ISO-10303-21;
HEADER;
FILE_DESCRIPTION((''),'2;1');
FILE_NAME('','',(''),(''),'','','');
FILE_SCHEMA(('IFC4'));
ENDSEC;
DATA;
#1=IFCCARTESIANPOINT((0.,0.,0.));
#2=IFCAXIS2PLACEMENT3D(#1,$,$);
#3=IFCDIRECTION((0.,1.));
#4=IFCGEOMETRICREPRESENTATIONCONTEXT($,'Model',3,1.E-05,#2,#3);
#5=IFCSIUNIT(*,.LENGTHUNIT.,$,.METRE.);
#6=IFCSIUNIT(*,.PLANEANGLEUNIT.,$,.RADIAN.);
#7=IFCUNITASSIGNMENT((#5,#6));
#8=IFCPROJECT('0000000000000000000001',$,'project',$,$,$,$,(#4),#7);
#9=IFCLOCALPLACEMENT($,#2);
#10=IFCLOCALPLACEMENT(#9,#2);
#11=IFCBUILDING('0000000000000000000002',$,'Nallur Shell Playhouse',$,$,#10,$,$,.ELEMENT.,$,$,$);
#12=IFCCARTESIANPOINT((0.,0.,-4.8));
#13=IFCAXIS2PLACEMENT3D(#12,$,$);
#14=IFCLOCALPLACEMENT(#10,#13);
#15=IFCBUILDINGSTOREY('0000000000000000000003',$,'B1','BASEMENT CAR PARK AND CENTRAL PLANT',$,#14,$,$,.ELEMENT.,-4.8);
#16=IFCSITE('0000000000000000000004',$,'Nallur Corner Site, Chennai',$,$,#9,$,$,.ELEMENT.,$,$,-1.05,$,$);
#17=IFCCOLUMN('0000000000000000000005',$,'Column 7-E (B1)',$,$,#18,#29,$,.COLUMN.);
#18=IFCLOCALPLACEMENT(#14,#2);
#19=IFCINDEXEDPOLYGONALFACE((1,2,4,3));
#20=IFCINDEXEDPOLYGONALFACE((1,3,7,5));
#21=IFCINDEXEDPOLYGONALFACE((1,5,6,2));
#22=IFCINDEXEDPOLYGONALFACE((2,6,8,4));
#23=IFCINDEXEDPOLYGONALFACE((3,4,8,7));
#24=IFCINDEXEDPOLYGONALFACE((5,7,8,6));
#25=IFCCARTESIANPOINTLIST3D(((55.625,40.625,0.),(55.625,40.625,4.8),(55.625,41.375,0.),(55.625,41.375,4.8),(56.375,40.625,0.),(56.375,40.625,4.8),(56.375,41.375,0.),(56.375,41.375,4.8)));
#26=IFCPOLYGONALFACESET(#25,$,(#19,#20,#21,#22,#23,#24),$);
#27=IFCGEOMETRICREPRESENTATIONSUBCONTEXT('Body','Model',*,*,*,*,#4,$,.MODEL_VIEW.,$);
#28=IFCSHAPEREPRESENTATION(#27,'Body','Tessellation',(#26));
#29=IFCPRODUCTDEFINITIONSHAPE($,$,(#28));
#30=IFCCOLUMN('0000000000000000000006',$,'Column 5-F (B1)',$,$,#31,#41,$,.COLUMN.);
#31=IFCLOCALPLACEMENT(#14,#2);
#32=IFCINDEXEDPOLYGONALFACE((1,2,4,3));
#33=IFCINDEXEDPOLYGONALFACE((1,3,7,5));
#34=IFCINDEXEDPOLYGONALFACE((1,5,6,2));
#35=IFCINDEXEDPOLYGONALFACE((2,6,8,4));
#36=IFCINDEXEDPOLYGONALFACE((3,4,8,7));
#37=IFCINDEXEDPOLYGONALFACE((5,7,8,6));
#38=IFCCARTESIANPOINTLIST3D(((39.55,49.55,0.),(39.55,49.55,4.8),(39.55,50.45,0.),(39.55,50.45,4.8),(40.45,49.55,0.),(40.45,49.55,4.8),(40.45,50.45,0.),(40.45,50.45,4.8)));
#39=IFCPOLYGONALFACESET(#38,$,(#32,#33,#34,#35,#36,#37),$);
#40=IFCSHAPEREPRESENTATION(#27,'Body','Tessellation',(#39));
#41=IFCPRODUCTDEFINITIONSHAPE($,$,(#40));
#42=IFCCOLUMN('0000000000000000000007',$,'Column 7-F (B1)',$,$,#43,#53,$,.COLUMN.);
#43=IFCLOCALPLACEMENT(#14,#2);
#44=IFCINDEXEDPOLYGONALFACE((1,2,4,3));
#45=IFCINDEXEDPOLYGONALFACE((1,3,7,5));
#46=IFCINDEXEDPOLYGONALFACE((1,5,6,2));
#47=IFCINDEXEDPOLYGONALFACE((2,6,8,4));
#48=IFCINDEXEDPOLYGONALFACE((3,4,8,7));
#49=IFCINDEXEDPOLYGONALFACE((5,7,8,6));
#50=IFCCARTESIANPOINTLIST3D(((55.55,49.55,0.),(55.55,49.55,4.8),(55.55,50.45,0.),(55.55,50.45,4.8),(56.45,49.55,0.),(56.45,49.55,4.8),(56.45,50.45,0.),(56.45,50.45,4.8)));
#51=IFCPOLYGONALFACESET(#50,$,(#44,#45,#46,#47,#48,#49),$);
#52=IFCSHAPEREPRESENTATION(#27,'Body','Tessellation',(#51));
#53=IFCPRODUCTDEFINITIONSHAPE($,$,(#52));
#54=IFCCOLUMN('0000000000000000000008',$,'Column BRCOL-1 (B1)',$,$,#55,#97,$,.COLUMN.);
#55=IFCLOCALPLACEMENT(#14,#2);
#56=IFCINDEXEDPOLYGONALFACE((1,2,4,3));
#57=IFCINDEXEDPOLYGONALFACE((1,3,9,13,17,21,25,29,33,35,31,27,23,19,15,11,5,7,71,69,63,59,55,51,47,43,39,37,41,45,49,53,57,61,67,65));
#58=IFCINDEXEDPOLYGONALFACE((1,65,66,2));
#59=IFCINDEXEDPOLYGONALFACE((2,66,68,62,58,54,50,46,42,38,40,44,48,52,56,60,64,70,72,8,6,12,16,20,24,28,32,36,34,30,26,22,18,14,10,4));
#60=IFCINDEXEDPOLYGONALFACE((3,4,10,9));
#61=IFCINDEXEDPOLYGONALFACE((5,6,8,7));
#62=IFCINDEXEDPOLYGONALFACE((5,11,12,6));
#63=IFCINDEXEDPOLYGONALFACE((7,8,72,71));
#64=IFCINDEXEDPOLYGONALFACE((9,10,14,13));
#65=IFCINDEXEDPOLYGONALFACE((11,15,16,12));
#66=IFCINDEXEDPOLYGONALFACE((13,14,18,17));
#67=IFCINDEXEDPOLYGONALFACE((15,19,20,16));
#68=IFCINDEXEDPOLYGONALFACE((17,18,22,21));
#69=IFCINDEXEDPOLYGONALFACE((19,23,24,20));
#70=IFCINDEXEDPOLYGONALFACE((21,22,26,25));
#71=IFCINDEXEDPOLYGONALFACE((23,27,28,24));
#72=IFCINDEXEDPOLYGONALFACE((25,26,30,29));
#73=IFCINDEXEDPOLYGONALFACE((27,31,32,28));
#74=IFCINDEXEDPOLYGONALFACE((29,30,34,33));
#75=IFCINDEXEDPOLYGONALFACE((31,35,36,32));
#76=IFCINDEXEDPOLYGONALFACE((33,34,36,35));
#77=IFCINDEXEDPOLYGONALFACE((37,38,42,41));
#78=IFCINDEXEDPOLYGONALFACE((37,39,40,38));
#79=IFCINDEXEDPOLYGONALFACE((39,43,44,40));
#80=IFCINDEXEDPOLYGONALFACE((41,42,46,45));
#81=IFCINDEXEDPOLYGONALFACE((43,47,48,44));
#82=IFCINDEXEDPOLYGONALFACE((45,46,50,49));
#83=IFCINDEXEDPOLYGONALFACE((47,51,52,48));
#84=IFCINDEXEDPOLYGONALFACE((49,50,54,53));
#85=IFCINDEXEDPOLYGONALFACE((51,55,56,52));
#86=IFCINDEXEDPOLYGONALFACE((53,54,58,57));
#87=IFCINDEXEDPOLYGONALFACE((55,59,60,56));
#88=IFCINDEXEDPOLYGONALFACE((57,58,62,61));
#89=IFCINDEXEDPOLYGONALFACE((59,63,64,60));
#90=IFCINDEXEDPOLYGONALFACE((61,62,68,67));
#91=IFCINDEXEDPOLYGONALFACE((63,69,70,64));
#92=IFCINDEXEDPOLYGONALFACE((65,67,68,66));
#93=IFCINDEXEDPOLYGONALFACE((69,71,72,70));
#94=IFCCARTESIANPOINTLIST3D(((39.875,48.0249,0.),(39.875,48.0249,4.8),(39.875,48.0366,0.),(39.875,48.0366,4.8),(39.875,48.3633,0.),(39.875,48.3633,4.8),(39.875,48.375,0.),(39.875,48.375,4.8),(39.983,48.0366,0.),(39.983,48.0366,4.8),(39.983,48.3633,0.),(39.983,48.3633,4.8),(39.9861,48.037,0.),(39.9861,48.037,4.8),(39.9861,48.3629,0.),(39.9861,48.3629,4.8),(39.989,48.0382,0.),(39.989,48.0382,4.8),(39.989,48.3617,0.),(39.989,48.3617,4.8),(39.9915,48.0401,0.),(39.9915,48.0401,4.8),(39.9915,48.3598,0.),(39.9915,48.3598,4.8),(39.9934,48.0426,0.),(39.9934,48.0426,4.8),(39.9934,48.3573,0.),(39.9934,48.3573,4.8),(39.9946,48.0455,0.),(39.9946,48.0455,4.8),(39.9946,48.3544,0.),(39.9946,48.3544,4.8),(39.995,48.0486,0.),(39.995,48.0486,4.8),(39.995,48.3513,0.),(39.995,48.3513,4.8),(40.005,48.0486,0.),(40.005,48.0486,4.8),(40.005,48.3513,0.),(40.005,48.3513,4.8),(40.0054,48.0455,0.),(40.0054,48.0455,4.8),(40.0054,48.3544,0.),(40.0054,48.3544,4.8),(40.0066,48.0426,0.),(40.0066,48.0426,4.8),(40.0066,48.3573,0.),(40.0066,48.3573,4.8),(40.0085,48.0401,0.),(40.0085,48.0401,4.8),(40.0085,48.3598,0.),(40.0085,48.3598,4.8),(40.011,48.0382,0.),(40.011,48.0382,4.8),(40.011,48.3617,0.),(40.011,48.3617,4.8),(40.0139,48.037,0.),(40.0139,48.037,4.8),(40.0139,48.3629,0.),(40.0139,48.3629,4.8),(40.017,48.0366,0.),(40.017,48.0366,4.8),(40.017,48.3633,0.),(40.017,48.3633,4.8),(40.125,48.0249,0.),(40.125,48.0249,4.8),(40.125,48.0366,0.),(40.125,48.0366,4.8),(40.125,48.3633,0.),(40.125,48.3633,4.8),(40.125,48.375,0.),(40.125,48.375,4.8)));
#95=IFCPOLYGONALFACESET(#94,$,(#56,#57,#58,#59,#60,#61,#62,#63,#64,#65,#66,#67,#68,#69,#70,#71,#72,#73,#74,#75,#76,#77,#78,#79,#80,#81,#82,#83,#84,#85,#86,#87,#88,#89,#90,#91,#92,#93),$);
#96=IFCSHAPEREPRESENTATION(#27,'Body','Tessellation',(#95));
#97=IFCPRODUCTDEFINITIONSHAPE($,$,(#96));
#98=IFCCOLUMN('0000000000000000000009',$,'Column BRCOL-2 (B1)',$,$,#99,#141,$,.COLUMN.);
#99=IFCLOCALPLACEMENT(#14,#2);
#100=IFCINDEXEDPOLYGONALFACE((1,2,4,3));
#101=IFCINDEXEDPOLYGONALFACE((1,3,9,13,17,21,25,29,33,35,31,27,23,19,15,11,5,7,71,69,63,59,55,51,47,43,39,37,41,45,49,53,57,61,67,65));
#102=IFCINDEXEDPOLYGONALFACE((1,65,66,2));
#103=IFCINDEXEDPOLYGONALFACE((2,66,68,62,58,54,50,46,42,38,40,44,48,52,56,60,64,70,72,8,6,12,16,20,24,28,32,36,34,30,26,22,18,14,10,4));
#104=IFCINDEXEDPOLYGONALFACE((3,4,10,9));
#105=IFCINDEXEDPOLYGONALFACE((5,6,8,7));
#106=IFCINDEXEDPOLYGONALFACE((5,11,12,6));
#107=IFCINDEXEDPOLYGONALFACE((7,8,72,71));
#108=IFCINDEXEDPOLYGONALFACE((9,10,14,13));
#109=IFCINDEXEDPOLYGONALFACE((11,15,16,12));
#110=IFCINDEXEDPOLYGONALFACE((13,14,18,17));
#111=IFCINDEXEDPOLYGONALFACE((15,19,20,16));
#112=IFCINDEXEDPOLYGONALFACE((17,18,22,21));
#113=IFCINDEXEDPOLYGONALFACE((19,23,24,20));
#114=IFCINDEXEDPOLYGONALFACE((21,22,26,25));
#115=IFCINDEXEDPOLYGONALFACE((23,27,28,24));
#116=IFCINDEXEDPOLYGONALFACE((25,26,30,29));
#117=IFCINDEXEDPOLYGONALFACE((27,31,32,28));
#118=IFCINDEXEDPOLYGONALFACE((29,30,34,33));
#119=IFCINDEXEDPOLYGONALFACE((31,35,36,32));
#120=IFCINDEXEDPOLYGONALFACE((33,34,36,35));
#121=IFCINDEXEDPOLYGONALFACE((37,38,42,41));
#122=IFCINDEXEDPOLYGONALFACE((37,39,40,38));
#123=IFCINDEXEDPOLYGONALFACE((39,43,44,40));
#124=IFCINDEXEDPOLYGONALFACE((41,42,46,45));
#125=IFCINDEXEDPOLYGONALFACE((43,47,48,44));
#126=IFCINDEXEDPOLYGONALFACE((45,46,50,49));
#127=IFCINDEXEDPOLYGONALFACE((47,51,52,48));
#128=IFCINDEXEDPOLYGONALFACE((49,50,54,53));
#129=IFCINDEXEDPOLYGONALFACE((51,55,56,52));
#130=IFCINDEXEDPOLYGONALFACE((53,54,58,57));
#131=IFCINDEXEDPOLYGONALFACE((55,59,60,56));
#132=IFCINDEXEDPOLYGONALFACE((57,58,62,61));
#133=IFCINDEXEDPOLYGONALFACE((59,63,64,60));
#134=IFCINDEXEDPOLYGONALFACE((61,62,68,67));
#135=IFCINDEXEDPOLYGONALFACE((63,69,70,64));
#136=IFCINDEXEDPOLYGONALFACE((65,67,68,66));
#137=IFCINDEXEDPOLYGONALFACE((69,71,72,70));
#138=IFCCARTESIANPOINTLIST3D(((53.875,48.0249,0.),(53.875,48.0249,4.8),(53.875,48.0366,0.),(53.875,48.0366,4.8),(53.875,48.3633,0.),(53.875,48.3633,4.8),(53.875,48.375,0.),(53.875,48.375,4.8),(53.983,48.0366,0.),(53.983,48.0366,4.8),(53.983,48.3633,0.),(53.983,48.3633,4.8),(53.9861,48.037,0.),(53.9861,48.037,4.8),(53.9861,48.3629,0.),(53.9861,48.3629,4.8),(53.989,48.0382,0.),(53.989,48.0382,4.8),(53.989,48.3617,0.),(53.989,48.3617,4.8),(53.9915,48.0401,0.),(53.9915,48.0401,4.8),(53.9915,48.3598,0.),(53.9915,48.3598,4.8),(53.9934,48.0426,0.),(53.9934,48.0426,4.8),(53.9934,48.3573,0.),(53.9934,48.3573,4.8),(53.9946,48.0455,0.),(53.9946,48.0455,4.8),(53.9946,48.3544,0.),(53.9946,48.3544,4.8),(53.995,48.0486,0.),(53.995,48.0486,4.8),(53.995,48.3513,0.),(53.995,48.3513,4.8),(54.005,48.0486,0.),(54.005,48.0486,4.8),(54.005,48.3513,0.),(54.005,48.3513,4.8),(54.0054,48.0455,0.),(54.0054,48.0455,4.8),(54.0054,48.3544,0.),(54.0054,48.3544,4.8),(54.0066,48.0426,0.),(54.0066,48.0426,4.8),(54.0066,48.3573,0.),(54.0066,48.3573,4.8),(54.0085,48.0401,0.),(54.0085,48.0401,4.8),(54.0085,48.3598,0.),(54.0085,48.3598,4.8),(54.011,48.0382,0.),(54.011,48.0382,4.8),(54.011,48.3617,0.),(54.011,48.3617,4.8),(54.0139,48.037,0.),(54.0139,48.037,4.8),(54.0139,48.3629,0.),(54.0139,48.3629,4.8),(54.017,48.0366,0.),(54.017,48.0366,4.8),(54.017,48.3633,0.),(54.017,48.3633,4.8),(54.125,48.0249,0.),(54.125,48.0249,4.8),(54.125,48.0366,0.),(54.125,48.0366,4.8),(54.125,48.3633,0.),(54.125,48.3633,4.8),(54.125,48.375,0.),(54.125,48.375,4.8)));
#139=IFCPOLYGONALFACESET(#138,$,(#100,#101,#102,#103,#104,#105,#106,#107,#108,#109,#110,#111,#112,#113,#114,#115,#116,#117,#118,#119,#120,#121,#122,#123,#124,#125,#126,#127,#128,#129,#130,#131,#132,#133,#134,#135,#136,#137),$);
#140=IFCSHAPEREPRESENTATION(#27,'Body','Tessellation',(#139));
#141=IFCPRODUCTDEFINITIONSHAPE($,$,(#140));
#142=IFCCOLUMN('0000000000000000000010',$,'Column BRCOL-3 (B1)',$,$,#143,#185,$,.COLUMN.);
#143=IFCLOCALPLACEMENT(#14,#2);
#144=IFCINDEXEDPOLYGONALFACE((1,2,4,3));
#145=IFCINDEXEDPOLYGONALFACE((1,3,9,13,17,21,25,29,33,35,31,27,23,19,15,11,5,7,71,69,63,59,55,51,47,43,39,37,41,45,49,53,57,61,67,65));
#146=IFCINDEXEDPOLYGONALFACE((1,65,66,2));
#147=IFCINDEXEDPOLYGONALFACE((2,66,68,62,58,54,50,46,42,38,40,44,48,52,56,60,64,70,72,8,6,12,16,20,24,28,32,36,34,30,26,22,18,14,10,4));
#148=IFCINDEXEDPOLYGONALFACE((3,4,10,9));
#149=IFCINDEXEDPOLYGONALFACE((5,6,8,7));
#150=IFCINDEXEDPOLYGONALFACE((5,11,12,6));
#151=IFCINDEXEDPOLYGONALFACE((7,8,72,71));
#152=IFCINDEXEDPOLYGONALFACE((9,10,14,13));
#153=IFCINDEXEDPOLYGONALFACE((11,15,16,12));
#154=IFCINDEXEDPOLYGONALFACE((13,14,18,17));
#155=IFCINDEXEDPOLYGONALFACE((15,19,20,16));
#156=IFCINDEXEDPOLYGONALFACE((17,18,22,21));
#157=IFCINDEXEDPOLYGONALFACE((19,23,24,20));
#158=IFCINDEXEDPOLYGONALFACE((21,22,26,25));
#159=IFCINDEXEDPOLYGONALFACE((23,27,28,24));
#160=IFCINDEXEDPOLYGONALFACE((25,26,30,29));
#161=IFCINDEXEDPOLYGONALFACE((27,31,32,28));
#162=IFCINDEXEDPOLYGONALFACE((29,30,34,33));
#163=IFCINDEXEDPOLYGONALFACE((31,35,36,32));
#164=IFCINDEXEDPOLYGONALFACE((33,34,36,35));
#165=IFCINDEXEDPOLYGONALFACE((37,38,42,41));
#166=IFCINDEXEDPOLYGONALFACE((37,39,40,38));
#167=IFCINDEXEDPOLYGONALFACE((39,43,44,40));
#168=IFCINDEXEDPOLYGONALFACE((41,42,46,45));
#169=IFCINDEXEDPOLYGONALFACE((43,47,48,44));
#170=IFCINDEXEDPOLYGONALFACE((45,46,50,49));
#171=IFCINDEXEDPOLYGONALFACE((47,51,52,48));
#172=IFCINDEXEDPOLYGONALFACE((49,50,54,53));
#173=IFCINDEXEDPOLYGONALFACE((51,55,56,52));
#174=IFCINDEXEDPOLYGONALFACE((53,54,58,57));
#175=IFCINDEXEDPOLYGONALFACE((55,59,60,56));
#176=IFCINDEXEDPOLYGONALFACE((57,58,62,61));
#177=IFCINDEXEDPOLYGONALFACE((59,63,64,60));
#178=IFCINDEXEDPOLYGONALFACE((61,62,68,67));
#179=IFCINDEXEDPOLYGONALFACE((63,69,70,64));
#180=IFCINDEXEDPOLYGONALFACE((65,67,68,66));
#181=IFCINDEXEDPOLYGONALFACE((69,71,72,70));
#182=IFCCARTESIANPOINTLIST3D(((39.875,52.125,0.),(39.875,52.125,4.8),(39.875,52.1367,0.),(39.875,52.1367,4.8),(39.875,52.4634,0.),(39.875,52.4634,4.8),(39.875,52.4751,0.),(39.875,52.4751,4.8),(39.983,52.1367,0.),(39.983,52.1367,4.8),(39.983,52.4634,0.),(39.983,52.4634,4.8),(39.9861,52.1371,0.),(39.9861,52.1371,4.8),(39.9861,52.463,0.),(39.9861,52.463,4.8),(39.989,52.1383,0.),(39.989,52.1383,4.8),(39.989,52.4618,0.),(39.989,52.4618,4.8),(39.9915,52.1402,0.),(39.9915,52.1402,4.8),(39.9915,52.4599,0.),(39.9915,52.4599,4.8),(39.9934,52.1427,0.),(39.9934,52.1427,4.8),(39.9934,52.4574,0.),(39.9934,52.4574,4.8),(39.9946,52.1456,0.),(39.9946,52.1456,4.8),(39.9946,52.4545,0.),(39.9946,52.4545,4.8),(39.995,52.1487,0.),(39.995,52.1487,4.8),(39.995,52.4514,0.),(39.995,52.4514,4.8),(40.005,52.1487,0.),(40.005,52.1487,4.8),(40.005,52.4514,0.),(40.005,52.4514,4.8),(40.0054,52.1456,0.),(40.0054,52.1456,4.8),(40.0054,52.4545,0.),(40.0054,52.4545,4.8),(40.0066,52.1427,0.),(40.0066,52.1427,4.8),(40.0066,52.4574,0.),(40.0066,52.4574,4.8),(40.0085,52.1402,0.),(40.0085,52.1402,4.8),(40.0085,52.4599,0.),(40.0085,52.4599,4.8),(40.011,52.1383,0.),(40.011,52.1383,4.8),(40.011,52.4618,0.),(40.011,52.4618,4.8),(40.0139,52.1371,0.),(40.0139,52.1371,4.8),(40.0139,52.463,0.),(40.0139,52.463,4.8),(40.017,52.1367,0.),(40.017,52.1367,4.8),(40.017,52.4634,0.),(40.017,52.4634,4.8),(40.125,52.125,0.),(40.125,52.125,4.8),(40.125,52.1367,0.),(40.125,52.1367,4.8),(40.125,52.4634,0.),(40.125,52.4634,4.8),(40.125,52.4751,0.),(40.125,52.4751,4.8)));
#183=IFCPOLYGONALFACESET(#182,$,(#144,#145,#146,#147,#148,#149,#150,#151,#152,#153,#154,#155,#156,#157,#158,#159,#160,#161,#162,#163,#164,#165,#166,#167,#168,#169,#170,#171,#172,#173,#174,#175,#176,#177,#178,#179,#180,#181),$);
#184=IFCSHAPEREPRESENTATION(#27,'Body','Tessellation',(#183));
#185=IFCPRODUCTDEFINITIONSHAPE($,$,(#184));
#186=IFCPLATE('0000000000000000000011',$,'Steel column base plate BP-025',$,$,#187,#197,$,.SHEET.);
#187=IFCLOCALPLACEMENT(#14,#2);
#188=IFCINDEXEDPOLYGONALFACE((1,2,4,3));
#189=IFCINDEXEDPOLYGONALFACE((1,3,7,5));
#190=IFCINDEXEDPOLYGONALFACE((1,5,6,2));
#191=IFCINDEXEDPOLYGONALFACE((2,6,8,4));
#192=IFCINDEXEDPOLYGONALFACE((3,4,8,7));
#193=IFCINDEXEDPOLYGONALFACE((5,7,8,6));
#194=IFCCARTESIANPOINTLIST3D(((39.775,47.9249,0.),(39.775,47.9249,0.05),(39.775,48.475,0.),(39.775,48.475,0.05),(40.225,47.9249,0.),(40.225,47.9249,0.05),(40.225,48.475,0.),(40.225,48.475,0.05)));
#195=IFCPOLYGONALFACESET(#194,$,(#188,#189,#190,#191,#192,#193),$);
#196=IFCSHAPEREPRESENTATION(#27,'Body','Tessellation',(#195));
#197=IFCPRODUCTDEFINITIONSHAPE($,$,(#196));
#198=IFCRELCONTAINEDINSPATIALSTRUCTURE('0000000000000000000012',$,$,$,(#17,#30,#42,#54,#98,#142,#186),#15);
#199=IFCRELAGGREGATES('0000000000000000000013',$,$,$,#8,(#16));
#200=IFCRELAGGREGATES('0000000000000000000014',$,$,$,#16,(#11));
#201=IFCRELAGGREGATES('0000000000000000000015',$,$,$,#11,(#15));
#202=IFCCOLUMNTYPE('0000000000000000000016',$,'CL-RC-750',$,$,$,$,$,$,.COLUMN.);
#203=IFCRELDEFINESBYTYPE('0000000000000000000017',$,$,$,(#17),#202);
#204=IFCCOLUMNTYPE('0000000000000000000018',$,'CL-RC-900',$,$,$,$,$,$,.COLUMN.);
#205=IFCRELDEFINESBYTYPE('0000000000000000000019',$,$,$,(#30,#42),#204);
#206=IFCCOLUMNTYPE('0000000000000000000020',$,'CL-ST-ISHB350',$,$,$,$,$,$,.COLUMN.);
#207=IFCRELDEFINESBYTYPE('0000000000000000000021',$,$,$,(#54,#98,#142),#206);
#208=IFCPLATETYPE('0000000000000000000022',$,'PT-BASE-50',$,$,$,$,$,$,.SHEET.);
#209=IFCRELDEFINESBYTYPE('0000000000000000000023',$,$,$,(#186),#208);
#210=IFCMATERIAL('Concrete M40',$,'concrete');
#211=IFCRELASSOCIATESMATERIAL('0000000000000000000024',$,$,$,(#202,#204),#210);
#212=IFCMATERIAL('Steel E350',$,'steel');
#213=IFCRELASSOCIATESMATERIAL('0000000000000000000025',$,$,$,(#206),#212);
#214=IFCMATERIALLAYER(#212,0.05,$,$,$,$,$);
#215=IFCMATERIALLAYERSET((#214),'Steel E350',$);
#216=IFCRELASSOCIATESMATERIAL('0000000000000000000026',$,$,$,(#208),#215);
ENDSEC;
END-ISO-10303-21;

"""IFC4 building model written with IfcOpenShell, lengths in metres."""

from ifc_helpers import new_model, si_unit, direction, frame, origin, origin_2d, place, context, subcontext, project, spatial, rectangle, i_section, extrude, material, layer, layer_set, material_profile, profile_set, type_object, element, save


model = new_model("IFC4")

# Units and contexts
model_context = context("Model", 3, precision=1e-05, world=origin(), true_north=direction((0.0, 1.0)))
body_context = subcontext(model_context, "Body", "Model", "MODEL_VIEW")
ifc_project = project(units=[si_unit("LENGTHUNIT", "METRE"), si_unit("PLANEANGLEUNIT", "RADIAN")], contexts=[model_context])

# Site, building, storey
site_placement = place(None, origin())
site = spatial("IfcSite", under=ifc_project, at=site_placement, Name="Nallur Corner Site, Chennai", CompositionType="ELEMENT", RefElevation=-1.05)
building_placement = place(site_placement, origin())
building = spatial("IfcBuilding", under=site, at=building_placement, Name="Nallur Shell Playhouse", CompositionType="ELEMENT")
storey_placement = place(building_placement, frame((0.0, 0.0, -4.8)))
storey = spatial("IfcBuildingStorey", under=building, at=storey_placement, Name="B1", Description="BASEMENT CAR PARK AND CENTRAL PLANT", CompositionType="ELEMENT", Elevation=-4.8)

# Columns
ifc_material_1 = material(Name="Concrete M40", Category="concrete")
ifc_material_profile_1 = material_profile(ifc_material_1, rectangle(XDim=0.75, YDim=0.75, at=origin_2d()), Name="RC 750x750")
ifc_profile_set_1 = profile_set([ifc_material_profile_1], Name="Concrete M40")
column_type_1 = type_object("IfcColumnType", Name="CL-RC-750", PredefinedType="COLUMN", material=ifc_profile_set_1)
for number, where, z_axis, x_axis, name in (
    (1, (56.0, 41.0, 0.0), (0.0, 0.0, 1.0), (1.0, 0.0, 0.0), "Column 7-E (B1)"),
):
    element("IfcColumn", number, at=place(storey_placement, frame(where, z_axis=z_axis, x_axis=x_axis)), inside=storey, type_object=column_type_1, Name=name, PredefinedType="COLUMN", context=body_context, shape_type="SweptSolid", body=[
        extrude(rectangle(XDim=0.75, YDim=0.75, at=origin_2d()), origin(), (0.0, 0.0, 1.0), 4.8),
    ])
ifc_material_profile_2 = material_profile(ifc_material_1, rectangle(XDim=0.8999, YDim=0.8999, at=origin_2d()), Name="RC 900x900")
ifc_profile_set_2 = profile_set([ifc_material_profile_2], Name="Concrete M40")
column_type_2 = type_object("IfcColumnType", Name="CL-RC-900", PredefinedType="COLUMN", material=ifc_profile_set_2)
for number, where, z_axis, x_axis, name in (
    (2, (40.0, 50.0, 0.0), (0.0, 0.0, 1.0), (1.0, 0.0, 0.0), "Column 5-F (B1)"),
    (3, (56.0, 50.0, 0.0), (0.0, 0.0, 1.0), (1.0, 0.0, 0.0), "Column 7-F (B1)"),
):
    element("IfcColumn", number, at=place(storey_placement, frame(where, z_axis=z_axis, x_axis=x_axis)), inside=storey, type_object=column_type_2, Name=name, PredefinedType="COLUMN", context=body_context, shape_type="SweptSolid", body=[
        extrude(rectangle(XDim=0.8999, YDim=0.8999, at=origin_2d()), origin(), (0.0, 0.0, 1.0), 4.8),
    ])
ifc_material_2 = material(Name="Steel E350", Category="steel")
ifc_material_profile_3 = material_profile(ifc_material_2, i_section(OverallWidth=0.25, OverallDepth=0.3501, WebThickness=0.01, FlangeThickness=0.0117, FilletRadius=0.012, at=origin_2d()), Name="ISHB 350")
ifc_profile_set_3 = profile_set([ifc_material_profile_3], Name="Steel E350")
column_type_3 = type_object("IfcColumnType", Name="CL-ST-ISHB350", PredefinedType="COLUMN", material=ifc_profile_set_3)
for number, where, z_axis, x_axis, name in (
    (4, (40.0, 48.2, 0.0), (0.0, 0.0, 1.0), (1.0, 0.0, 0.0), "Column BRCOL-1 (B1)"),
    (5, (54.0, 48.2, 0.0), (0.0, 0.0, 1.0), (1.0, 0.0, 0.0), "Column BRCOL-2 (B1)"),
    (6, (40.0, 52.3, 0.0), (0.0, 0.0, 1.0), (1.0, 0.0, 0.0), "Column BRCOL-3 (B1)"),
):
    element("IfcColumn", number, at=place(storey_placement, frame(where, z_axis=z_axis, x_axis=x_axis)), inside=storey, type_object=column_type_3, Name=name, PredefinedType="COLUMN", context=body_context, shape_type="SweptSolid", body=[
        extrude(i_section(OverallWidth=0.25, OverallDepth=0.3501, WebThickness=0.01, FlangeThickness=0.0117, FilletRadius=0.012, at=origin_2d()), origin(), (0.0, 0.0, 1.0), 4.8),
    ])

# Plate
ifc_layer_1 = layer(ifc_material_2, 0.05)
ifc_layer_set_1 = layer_set([ifc_layer_1], Name="Steel E350")
plate_type_1 = type_object("IfcPlateType", Name="PT-BASE-50", PredefinedType="SHEET", material=ifc_layer_set_1)
for number, where, z_axis, x_axis, name in (
    (7, (40.0, 48.2, 0.0), (0.0, 0.0, 1.0), (1.0, 0.0, 0.0), "Steel column base plate BP-025"),
):
    element("IfcPlate", number, at=place(storey_placement, frame(where, z_axis=z_axis, x_axis=x_axis)), inside=storey, type_object=plate_type_1, Name=name, PredefinedType="SHEET", context=body_context, shape_type="SweptSolid", body=[
        extrude(rectangle(XDim=0.45, YDim=0.55, at=origin_2d()), origin(), (0.0, 0.0, 1.0), 0.05),
    ])

save(model, "model.ifc")
